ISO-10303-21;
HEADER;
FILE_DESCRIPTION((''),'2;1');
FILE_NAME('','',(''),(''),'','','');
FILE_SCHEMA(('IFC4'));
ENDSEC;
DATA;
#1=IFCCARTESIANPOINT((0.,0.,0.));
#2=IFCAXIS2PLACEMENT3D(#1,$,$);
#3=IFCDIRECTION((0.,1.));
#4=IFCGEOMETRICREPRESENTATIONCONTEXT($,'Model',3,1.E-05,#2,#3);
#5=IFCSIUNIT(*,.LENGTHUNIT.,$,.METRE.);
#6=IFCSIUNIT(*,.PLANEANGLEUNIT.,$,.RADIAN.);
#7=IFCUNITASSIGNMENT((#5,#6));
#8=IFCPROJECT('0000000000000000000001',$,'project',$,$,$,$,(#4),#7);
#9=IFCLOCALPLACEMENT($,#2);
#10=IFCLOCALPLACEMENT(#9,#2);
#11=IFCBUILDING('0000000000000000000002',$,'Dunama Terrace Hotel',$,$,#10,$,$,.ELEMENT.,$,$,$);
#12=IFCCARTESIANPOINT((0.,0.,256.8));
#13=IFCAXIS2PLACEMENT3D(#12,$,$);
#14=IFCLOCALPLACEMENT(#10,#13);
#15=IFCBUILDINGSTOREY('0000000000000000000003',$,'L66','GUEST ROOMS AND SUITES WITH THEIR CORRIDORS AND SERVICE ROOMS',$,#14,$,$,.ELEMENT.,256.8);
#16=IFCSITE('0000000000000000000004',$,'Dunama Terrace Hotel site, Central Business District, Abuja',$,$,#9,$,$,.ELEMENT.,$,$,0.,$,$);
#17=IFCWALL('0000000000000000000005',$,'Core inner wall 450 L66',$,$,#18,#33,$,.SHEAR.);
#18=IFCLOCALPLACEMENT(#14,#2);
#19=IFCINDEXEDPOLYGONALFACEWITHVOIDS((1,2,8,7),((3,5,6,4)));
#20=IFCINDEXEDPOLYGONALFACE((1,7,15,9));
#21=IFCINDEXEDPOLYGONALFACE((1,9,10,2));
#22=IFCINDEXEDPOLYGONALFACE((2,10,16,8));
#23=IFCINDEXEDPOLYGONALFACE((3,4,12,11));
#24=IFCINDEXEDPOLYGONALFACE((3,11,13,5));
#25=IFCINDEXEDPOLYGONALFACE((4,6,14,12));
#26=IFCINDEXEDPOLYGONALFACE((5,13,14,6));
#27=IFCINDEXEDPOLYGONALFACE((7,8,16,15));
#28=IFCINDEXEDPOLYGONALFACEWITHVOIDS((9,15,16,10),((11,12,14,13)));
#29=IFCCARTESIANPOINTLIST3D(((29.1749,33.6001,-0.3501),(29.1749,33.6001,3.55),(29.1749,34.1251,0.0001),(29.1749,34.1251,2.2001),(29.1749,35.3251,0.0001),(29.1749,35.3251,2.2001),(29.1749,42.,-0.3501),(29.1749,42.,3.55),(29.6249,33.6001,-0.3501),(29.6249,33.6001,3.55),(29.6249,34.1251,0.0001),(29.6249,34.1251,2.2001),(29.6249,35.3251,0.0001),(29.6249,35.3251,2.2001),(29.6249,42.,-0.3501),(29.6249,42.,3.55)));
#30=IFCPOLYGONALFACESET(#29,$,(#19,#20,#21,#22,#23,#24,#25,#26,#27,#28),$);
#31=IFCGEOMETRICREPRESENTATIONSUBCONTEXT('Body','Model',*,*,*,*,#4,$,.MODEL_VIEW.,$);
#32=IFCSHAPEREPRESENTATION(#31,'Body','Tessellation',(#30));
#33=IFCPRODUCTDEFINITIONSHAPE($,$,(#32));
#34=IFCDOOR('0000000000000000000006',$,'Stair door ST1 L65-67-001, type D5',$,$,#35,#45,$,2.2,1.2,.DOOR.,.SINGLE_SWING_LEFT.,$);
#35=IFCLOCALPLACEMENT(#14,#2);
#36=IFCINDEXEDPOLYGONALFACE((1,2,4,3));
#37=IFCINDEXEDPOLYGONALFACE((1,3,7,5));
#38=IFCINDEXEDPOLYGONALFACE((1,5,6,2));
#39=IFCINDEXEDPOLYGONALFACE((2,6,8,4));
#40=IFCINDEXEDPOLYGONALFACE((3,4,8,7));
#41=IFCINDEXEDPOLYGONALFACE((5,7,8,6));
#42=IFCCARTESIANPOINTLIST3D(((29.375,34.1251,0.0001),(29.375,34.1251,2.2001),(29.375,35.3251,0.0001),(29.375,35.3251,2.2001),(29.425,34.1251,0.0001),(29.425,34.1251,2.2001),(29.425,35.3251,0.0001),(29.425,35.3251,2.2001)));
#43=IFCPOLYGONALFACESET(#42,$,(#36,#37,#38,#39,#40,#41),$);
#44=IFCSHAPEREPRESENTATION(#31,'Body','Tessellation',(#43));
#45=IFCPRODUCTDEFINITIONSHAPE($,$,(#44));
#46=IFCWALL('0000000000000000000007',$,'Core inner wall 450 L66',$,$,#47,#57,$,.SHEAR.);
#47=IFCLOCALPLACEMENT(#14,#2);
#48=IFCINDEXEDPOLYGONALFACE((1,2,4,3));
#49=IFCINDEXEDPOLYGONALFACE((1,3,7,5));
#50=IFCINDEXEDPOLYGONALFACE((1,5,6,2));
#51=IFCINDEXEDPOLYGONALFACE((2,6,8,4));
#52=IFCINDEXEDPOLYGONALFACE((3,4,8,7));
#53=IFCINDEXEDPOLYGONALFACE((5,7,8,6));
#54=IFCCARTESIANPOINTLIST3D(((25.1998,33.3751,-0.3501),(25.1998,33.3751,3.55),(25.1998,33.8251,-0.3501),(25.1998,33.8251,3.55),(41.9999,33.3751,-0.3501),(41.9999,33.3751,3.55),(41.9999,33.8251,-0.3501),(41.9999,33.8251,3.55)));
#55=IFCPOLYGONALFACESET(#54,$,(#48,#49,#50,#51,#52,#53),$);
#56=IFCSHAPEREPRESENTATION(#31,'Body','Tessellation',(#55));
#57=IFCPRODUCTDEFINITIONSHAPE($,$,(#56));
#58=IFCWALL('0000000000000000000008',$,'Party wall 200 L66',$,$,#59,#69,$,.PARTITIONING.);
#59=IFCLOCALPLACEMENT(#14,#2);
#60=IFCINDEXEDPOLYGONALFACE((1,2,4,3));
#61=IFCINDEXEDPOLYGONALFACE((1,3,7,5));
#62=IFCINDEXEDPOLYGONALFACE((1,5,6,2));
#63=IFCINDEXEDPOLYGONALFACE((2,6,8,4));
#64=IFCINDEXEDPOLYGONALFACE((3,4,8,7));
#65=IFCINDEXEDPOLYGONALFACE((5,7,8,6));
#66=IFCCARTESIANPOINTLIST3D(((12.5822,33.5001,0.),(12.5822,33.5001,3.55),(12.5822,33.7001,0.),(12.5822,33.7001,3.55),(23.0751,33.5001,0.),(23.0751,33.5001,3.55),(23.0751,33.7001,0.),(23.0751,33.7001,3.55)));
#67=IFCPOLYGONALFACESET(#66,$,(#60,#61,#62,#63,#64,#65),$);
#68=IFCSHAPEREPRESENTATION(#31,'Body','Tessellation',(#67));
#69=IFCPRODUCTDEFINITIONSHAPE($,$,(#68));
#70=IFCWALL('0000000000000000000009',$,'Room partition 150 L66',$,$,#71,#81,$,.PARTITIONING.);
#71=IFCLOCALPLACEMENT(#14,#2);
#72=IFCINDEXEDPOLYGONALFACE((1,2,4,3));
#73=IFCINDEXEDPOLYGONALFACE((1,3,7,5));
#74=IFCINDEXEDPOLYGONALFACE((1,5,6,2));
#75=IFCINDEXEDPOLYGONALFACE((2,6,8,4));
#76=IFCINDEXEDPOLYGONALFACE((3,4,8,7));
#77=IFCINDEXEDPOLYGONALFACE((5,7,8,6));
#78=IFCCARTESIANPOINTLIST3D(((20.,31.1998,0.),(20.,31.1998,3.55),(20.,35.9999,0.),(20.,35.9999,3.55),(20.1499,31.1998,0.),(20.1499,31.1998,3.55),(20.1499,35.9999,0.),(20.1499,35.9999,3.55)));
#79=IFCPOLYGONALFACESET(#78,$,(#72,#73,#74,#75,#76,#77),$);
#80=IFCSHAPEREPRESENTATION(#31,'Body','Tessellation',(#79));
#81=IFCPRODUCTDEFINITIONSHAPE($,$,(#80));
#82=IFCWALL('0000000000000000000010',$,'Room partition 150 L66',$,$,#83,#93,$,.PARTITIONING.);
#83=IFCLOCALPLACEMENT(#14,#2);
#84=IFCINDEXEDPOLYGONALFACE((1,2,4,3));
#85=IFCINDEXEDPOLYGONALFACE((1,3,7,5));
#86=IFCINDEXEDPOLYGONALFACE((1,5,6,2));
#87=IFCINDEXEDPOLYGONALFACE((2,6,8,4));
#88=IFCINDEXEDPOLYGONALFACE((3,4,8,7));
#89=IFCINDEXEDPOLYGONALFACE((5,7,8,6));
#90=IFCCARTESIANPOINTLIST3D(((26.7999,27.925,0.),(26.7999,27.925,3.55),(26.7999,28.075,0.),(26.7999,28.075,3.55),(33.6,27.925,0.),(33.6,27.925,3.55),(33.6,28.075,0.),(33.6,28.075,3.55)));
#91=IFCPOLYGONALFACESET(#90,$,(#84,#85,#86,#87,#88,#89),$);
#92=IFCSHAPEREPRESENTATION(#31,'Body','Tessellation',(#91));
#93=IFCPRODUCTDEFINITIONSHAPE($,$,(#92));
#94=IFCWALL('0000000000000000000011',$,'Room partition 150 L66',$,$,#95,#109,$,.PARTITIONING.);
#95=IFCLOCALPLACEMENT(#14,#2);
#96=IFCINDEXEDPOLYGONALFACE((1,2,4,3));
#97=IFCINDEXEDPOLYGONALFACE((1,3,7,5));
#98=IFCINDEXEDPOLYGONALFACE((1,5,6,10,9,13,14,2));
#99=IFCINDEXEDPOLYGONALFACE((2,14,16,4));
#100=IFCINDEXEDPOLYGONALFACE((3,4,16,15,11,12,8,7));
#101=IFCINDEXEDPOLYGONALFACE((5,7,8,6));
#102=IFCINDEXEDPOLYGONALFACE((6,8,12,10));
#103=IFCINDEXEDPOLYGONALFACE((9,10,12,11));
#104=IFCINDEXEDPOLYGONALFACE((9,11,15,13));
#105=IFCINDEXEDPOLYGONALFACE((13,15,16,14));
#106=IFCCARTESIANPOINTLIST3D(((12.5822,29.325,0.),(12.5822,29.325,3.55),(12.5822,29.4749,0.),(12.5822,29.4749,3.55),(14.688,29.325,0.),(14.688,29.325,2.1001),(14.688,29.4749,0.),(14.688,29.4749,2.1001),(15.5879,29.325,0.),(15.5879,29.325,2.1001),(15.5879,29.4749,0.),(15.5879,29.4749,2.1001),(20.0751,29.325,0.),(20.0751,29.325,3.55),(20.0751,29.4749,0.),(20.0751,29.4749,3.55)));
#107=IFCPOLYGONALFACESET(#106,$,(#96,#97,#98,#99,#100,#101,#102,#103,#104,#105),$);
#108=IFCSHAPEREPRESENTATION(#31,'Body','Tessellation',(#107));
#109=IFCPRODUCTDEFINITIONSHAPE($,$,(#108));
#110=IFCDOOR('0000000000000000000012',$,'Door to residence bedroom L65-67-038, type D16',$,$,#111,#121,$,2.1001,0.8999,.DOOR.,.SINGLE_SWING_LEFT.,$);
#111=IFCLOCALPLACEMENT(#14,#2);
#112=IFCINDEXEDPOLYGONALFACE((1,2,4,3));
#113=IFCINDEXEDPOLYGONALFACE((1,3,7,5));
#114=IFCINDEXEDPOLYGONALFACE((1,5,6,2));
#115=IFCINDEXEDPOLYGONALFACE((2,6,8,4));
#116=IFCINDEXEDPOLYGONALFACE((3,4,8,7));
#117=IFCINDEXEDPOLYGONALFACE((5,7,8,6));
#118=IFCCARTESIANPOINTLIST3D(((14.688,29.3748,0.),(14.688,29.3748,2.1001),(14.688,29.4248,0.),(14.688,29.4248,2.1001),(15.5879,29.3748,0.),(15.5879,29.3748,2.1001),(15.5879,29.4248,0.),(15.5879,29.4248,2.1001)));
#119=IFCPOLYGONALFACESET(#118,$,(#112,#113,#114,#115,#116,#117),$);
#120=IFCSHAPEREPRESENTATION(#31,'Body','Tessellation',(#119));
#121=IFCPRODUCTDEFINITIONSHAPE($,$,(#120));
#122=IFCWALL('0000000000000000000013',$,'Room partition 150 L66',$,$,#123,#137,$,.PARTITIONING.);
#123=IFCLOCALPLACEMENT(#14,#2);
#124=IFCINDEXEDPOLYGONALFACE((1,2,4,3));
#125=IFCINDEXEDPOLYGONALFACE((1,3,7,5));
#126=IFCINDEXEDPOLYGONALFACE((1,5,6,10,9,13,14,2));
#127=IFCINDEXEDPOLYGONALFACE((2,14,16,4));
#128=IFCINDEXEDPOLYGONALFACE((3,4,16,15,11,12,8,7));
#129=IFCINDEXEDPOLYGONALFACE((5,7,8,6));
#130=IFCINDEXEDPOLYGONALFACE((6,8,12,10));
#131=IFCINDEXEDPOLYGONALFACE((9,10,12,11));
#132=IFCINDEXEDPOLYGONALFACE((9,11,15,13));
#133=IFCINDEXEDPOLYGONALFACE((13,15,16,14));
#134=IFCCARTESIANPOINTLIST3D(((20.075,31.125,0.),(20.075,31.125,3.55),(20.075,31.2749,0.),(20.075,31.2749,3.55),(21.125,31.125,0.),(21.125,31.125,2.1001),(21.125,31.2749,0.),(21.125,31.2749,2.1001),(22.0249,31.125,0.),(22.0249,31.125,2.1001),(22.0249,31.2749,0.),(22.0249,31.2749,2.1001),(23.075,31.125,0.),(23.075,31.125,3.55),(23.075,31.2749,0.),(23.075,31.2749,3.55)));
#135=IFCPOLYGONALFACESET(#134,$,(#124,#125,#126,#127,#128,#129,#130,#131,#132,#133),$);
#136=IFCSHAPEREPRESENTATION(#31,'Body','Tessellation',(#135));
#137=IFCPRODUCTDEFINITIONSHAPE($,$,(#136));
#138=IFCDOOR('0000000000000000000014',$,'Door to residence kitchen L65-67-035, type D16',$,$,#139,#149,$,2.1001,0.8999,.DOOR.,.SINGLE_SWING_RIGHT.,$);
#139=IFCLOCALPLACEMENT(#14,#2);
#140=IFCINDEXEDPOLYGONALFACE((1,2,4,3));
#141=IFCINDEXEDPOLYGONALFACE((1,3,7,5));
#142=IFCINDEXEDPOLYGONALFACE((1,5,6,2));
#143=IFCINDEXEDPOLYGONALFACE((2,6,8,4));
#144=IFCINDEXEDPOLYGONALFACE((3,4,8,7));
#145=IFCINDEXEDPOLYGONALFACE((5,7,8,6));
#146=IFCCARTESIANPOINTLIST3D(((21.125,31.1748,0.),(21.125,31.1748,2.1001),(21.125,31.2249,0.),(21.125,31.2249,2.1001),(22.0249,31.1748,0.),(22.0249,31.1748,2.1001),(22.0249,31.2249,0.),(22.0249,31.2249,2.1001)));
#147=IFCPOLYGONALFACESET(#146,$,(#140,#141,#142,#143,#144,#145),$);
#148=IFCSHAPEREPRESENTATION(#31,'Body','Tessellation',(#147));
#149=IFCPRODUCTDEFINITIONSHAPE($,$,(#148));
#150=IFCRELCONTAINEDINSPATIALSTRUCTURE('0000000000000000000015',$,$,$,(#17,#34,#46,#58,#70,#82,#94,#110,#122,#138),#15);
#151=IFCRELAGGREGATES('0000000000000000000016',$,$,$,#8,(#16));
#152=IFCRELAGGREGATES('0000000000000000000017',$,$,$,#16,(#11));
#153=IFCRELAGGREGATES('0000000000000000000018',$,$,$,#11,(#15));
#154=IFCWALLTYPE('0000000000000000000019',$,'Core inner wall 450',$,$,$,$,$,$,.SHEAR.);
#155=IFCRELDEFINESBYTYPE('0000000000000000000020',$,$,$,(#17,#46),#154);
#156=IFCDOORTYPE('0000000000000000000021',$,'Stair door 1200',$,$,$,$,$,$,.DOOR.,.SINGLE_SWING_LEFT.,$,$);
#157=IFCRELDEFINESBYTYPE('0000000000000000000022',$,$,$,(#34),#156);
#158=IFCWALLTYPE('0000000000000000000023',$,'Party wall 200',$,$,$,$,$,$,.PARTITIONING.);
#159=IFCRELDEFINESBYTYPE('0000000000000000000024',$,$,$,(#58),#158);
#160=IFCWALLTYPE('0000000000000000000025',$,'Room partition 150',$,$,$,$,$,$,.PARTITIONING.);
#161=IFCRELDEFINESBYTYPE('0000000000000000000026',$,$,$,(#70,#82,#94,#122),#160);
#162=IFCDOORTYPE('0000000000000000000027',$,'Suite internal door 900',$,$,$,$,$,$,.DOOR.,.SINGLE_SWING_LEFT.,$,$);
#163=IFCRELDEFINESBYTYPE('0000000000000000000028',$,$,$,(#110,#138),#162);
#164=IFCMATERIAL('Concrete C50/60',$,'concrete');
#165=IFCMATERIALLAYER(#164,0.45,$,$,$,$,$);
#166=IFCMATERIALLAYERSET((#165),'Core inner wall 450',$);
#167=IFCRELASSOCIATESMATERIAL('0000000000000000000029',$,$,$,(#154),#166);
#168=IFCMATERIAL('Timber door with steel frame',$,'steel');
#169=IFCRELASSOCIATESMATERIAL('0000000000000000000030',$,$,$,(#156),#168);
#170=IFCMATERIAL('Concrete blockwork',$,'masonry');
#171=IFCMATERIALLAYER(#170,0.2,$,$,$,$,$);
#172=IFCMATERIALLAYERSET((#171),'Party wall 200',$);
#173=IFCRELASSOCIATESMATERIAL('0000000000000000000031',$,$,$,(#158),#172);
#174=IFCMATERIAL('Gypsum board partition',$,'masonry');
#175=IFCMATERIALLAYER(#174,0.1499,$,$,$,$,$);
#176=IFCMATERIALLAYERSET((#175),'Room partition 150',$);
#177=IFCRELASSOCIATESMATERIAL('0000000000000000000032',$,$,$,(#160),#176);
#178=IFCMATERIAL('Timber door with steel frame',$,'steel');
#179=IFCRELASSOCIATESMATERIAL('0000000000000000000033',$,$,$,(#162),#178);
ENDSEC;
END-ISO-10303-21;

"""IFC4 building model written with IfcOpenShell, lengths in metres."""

from ifc_helpers import new_model, si_unit, direction, frame, frame_2d, origin, place, context, subcontext, project, spatial, rectangle, extrude, material, layer, layer_set, type_object, element, fill, save


model = new_model("IFC4")

# Units and contexts
model_context = context("Model", 3, precision=1e-05, world=origin(), true_north=direction((0.0, 1.0)))
body_context = subcontext(model_context, "Body", "Model", "MODEL_VIEW")
ifc_project = project(units=[si_unit("LENGTHUNIT", "METRE"), si_unit("PLANEANGLEUNIT", "RADIAN")], contexts=[model_context])

# Site, building, storey
site_placement = place(None, origin())
site = spatial("IfcSite", under=ifc_project, at=site_placement, Name="Dunama Terrace Hotel site, Central Business District, Abuja", CompositionType="ELEMENT", RefElevation=0.0)
building_placement = place(site_placement, origin())
building = spatial("IfcBuilding", under=site, at=building_placement, Name="Dunama Terrace Hotel", CompositionType="ELEMENT")
storey_placement = place(building_placement, frame((0.0, 0.0, 256.8)))
storey = spatial("IfcBuildingStorey", under=building, at=storey_placement, Name="L66", Description="GUEST ROOMS AND SUITES WITH THEIR CORRIDORS AND SERVICE ROOMS", CompositionType="ELEMENT", Elevation=256.8)

# Wall, opening, door
ifc_material_1 = material(Name="Concrete C50/60", Category="concrete")
ifc_layer_1 = layer(ifc_material_1, 0.45)
ifc_layer_set_1 = layer_set([ifc_layer_1], Name="Core inner wall 450")
wall_type_1 = type_object("IfcWallType", Name="Core inner wall 450", PredefinedType="SHEAR", material=ifc_layer_set_1)
wall_1_placement = place(storey_placement, frame((29.3999, 33.6001, -0.3501), z_axis=(0.0, 0.0, 1.0), x_axis=(0.0, 1.0, 0.0)))
wall_1 = element("IfcWall", 1, at=wall_1_placement, inside=storey, type_object=wall_type_1, Name="Core inner wall 450 L66", PredefinedType="SHEAR", context=body_context, shape_type="SweptSolid", body=[
    extrude(rectangle(XDim=8.3999, YDim=0.45, at=frame_2d((4.2, 0.0))), origin(), (0.0, 0.0, 1.0), 3.9001),
])
opening_1_placement = place(wall_1_placement, frame((0.5249, 0.0, 0.3501)))
opening_1 = element("IfcOpeningElement", 2, at=opening_1_placement, cuts=wall_1, PredefinedType="OPENING", context=body_context, shape_type="SweptSolid", body=[
    extrude(rectangle(XDim=1.2, YDim=2.2, at=frame_2d((0.6001, 1.1001))), frame((0.0, 0.2349, 0.0), z_axis=(0.0, -1.0, 0.0), x_axis=(1.0, 0.0, 0.0)), (0.0, 0.0, 1.0), 0.47),
])
ifc_material_2 = material(Name="Timber door with steel frame", Category="steel")
door_type_1 = type_object("IfcDoorType", Name="Stair door 1200", OperationType="SINGLE_SWING_LEFT", PredefinedType="DOOR", material=ifc_material_2)
door_1_placement = place(opening_1_placement, origin())
door_1 = element("IfcDoor", 3, at=door_1_placement, inside=storey, type_object=door_type_1, Name="Stair door ST1 L65-67-001, type D5", OperationType="SINGLE_SWING_LEFT", OverallHeight=2.2, OverallWidth=1.2, PredefinedType="DOOR", context=body_context, shape_type="SweptSolid", body=[
    extrude(rectangle(XDim=1.2, YDim=2.2, at=frame_2d((0.6001, 1.1001))), frame((0.0, 0.0249, 0.0), z_axis=(0.0, -1.0, 0.0), x_axis=(1.0, 0.0, 0.0)), (0.0, 0.0, 1.0), 0.05),
])
fill(opening_1, door_1)

# Walls
wall_2_placement = place(storey_placement, frame((25.2, 33.6001, -0.3501), z_axis=(0.0, 0.0, 1.0), x_axis=(1.0, 0.0, 0.0)))
element("IfcWall", 4, at=wall_2_placement, inside=storey, type_object=wall_type_1, Name="Core inner wall 450 L66", PredefinedType="SHEAR", context=body_context, shape_type="SweptSolid", body=[
    extrude(rectangle(XDim=16.8, YDim=0.45, at=frame_2d((8.3999, 0.0))), origin(), (0.0, 0.0, 1.0), 3.9001),
])
ifc_material_3 = material(Name="Concrete blockwork", Category="masonry")
ifc_layer_2 = layer(ifc_material_3, 0.2)
ifc_layer_set_2 = layer_set([ifc_layer_2], Name="Party wall 200")
wall_type_2 = type_object("IfcWallType", Name="Party wall 200", PredefinedType="PARTITIONING", material=ifc_layer_set_2)
wall_3_placement = place(storey_placement, frame((12.582, 33.6001, 0.0), z_axis=(0.0, 0.0, 1.0), x_axis=(1.0, 0.0, 0.0)))
element("IfcWall", 5, at=wall_3_placement, inside=storey, type_object=wall_type_2, Name="Party wall 200 L66", PredefinedType="PARTITIONING", context=body_context, shape_type="SweptSolid", body=[
    extrude(rectangle(XDim=10.4929, YDim=0.2, at=frame_2d((5.2466, 0.0))), origin(), (0.0, 0.0, 1.0), 3.55),
])
ifc_material_4 = material(Name="Gypsum board partition", Category="masonry")
ifc_layer_3 = layer(ifc_material_4, 0.1499)
ifc_layer_set_3 = layer_set([ifc_layer_3], Name="Room partition 150")
wall_type_3 = type_object("IfcWallType", Name="Room partition 150", PredefinedType="PARTITIONING", material=ifc_layer_set_3)
wall_4_placement = place(storey_placement, frame((20.075, 31.2, 0.0), z_axis=(0.0, 0.0, 1.0), x_axis=(0.0, 1.0, 0.0)))
element("IfcWall", 6, at=wall_4_placement, inside=storey, type_object=wall_type_3, Name="Room partition 150 L66", PredefinedType="PARTITIONING", context=body_context, shape_type="SweptSolid", body=[
    extrude(rectangle(XDim=4.8, YDim=0.1499, at=frame_2d((2.3999, 0.0))), origin(), (0.0, 0.0, 1.0), 3.55),
])
wall_5_placement = place(storey_placement, frame((26.8, 28.0, 0.0), z_axis=(0.0, 0.0, 1.0), x_axis=(1.0, 0.0, 0.0)))
element("IfcWall", 7, at=wall_5_placement, inside=storey, type_object=wall_type_3, Name="Room partition 150 L66", PredefinedType="PARTITIONING", context=body_context, shape_type="SweptSolid", body=[
    extrude(rectangle(XDim=6.8, YDim=0.1499, at=frame_2d((3.3999, 0.0))), origin(), (0.0, 0.0, 1.0), 3.55),
])

# Walls, openings, doors
wall_6_placement = place(storey_placement, frame((12.582, 29.3999, 0.0), z_axis=(0.0, 0.0, 1.0), x_axis=(1.0, 0.0, 0.0)))
wall_6 = element("IfcWall", 8, at=wall_6_placement, inside=storey, type_object=wall_type_3, Name="Room partition 150 L66", PredefinedType="PARTITIONING", context=body_context, shape_type="SweptSolid", body=[
    extrude(rectangle(XDim=7.4929, YDim=0.1499, at=frame_2d((3.7466, 0.0))), origin(), (0.0, 0.0, 1.0), 3.55),
])
opening_2_placement = place(wall_6_placement, frame((2.106, 0.0, 0.0)))
opening_2 = element("IfcOpeningElement", 9, at=opening_2_placement, cuts=wall_6, PredefinedType="OPENING", context=body_context, shape_type="SweptSolid", body=[
    extrude(rectangle(XDim=0.8999, YDim=2.1001, at=frame_2d((0.45, 1.05))), frame((0.0, 0.085, 0.0), z_axis=(0.0, -1.0, 0.0), x_axis=(1.0, 0.0, 0.0)), (0.0, 0.0, 1.0), 0.1699),
])
ifc_material_5 = material(Name="Timber door with steel frame", Category="steel")
door_type_2 = type_object("IfcDoorType", Name="Suite internal door 900", OperationType="SINGLE_SWING_LEFT", PredefinedType="DOOR", material=ifc_material_5)
door_2_placement = place(opening_2_placement, frame((0.8999, 0.0, 0.0), z_axis=(0.0, 0.0, 1.0), x_axis=(-1.0, 0.0, 0.0)))
door_2 = element("IfcDoor", 10, at=door_2_placement, inside=storey, type_object=door_type_2, Name="Door to residence bedroom L65-67-038, type D16", OperationType="SINGLE_SWING_LEFT", OverallHeight=2.1001, OverallWidth=0.8999, PredefinedType="DOOR", context=body_context, shape_type="SweptSolid", body=[
    extrude(rectangle(XDim=0.8999, YDim=2.1001, at=frame_2d((0.45, 1.05))), frame((0.0, 0.0251, 0.0), z_axis=(0.0, -1.0, 0.0), x_axis=(1.0, 0.0, 0.0)), (0.0, 0.0, 1.0), 0.05),
])
fill(opening_2, door_2)
wall_7_placement = place(storey_placement, frame((20.075, 31.2, 0.0), z_axis=(0.0, 0.0, 1.0), x_axis=(1.0, 0.0, 0.0)))
wall_7 = element("IfcWall", 11, at=wall_7_placement, inside=storey, type_object=wall_type_3, Name="Room partition 150 L66", PredefinedType="PARTITIONING", context=body_context, shape_type="SweptSolid", body=[
    extrude(rectangle(XDim=3.0, YDim=0.1499, at=frame_2d((1.5, 0.0))), origin(), (0.0, 0.0, 1.0), 3.55),
])
opening_3_placement = place(wall_7_placement, frame((1.05, 0.0, 0.0)))
opening_3 = element("IfcOpeningElement", 12, at=opening_3_placement, cuts=wall_7, PredefinedType="OPENING", context=body_context, shape_type="SweptSolid", body=[
    extrude(rectangle(XDim=0.8999, YDim=2.1001, at=frame_2d((0.45, 1.05))), frame((0.0, 0.085, 0.0), z_axis=(0.0, -1.0, 0.0), x_axis=(1.0, 0.0, 0.0)), (0.0, 0.0, 1.0), 0.1699),
])
door_3_placement = place(opening_3_placement, origin())
door_3 = element("IfcDoor", 13, at=door_3_placement, inside=storey, type_object=door_type_2, Name="Door to residence kitchen L65-67-035, type D16", OperationType="SINGLE_SWING_RIGHT", OverallHeight=2.1001, OverallWidth=0.8999, PredefinedType="DOOR", context=body_context, shape_type="SweptSolid", body=[
    extrude(rectangle(XDim=0.8999, YDim=2.1001, at=frame_2d((0.45, 1.05))), frame((0.0, 0.0249, 0.0), z_axis=(0.0, -1.0, 0.0), x_axis=(1.0, 0.0, 0.0)), (0.0, 0.0, 1.0), 0.05),
])
fill(opening_3, door_3)

save(model, "model.ifc")
